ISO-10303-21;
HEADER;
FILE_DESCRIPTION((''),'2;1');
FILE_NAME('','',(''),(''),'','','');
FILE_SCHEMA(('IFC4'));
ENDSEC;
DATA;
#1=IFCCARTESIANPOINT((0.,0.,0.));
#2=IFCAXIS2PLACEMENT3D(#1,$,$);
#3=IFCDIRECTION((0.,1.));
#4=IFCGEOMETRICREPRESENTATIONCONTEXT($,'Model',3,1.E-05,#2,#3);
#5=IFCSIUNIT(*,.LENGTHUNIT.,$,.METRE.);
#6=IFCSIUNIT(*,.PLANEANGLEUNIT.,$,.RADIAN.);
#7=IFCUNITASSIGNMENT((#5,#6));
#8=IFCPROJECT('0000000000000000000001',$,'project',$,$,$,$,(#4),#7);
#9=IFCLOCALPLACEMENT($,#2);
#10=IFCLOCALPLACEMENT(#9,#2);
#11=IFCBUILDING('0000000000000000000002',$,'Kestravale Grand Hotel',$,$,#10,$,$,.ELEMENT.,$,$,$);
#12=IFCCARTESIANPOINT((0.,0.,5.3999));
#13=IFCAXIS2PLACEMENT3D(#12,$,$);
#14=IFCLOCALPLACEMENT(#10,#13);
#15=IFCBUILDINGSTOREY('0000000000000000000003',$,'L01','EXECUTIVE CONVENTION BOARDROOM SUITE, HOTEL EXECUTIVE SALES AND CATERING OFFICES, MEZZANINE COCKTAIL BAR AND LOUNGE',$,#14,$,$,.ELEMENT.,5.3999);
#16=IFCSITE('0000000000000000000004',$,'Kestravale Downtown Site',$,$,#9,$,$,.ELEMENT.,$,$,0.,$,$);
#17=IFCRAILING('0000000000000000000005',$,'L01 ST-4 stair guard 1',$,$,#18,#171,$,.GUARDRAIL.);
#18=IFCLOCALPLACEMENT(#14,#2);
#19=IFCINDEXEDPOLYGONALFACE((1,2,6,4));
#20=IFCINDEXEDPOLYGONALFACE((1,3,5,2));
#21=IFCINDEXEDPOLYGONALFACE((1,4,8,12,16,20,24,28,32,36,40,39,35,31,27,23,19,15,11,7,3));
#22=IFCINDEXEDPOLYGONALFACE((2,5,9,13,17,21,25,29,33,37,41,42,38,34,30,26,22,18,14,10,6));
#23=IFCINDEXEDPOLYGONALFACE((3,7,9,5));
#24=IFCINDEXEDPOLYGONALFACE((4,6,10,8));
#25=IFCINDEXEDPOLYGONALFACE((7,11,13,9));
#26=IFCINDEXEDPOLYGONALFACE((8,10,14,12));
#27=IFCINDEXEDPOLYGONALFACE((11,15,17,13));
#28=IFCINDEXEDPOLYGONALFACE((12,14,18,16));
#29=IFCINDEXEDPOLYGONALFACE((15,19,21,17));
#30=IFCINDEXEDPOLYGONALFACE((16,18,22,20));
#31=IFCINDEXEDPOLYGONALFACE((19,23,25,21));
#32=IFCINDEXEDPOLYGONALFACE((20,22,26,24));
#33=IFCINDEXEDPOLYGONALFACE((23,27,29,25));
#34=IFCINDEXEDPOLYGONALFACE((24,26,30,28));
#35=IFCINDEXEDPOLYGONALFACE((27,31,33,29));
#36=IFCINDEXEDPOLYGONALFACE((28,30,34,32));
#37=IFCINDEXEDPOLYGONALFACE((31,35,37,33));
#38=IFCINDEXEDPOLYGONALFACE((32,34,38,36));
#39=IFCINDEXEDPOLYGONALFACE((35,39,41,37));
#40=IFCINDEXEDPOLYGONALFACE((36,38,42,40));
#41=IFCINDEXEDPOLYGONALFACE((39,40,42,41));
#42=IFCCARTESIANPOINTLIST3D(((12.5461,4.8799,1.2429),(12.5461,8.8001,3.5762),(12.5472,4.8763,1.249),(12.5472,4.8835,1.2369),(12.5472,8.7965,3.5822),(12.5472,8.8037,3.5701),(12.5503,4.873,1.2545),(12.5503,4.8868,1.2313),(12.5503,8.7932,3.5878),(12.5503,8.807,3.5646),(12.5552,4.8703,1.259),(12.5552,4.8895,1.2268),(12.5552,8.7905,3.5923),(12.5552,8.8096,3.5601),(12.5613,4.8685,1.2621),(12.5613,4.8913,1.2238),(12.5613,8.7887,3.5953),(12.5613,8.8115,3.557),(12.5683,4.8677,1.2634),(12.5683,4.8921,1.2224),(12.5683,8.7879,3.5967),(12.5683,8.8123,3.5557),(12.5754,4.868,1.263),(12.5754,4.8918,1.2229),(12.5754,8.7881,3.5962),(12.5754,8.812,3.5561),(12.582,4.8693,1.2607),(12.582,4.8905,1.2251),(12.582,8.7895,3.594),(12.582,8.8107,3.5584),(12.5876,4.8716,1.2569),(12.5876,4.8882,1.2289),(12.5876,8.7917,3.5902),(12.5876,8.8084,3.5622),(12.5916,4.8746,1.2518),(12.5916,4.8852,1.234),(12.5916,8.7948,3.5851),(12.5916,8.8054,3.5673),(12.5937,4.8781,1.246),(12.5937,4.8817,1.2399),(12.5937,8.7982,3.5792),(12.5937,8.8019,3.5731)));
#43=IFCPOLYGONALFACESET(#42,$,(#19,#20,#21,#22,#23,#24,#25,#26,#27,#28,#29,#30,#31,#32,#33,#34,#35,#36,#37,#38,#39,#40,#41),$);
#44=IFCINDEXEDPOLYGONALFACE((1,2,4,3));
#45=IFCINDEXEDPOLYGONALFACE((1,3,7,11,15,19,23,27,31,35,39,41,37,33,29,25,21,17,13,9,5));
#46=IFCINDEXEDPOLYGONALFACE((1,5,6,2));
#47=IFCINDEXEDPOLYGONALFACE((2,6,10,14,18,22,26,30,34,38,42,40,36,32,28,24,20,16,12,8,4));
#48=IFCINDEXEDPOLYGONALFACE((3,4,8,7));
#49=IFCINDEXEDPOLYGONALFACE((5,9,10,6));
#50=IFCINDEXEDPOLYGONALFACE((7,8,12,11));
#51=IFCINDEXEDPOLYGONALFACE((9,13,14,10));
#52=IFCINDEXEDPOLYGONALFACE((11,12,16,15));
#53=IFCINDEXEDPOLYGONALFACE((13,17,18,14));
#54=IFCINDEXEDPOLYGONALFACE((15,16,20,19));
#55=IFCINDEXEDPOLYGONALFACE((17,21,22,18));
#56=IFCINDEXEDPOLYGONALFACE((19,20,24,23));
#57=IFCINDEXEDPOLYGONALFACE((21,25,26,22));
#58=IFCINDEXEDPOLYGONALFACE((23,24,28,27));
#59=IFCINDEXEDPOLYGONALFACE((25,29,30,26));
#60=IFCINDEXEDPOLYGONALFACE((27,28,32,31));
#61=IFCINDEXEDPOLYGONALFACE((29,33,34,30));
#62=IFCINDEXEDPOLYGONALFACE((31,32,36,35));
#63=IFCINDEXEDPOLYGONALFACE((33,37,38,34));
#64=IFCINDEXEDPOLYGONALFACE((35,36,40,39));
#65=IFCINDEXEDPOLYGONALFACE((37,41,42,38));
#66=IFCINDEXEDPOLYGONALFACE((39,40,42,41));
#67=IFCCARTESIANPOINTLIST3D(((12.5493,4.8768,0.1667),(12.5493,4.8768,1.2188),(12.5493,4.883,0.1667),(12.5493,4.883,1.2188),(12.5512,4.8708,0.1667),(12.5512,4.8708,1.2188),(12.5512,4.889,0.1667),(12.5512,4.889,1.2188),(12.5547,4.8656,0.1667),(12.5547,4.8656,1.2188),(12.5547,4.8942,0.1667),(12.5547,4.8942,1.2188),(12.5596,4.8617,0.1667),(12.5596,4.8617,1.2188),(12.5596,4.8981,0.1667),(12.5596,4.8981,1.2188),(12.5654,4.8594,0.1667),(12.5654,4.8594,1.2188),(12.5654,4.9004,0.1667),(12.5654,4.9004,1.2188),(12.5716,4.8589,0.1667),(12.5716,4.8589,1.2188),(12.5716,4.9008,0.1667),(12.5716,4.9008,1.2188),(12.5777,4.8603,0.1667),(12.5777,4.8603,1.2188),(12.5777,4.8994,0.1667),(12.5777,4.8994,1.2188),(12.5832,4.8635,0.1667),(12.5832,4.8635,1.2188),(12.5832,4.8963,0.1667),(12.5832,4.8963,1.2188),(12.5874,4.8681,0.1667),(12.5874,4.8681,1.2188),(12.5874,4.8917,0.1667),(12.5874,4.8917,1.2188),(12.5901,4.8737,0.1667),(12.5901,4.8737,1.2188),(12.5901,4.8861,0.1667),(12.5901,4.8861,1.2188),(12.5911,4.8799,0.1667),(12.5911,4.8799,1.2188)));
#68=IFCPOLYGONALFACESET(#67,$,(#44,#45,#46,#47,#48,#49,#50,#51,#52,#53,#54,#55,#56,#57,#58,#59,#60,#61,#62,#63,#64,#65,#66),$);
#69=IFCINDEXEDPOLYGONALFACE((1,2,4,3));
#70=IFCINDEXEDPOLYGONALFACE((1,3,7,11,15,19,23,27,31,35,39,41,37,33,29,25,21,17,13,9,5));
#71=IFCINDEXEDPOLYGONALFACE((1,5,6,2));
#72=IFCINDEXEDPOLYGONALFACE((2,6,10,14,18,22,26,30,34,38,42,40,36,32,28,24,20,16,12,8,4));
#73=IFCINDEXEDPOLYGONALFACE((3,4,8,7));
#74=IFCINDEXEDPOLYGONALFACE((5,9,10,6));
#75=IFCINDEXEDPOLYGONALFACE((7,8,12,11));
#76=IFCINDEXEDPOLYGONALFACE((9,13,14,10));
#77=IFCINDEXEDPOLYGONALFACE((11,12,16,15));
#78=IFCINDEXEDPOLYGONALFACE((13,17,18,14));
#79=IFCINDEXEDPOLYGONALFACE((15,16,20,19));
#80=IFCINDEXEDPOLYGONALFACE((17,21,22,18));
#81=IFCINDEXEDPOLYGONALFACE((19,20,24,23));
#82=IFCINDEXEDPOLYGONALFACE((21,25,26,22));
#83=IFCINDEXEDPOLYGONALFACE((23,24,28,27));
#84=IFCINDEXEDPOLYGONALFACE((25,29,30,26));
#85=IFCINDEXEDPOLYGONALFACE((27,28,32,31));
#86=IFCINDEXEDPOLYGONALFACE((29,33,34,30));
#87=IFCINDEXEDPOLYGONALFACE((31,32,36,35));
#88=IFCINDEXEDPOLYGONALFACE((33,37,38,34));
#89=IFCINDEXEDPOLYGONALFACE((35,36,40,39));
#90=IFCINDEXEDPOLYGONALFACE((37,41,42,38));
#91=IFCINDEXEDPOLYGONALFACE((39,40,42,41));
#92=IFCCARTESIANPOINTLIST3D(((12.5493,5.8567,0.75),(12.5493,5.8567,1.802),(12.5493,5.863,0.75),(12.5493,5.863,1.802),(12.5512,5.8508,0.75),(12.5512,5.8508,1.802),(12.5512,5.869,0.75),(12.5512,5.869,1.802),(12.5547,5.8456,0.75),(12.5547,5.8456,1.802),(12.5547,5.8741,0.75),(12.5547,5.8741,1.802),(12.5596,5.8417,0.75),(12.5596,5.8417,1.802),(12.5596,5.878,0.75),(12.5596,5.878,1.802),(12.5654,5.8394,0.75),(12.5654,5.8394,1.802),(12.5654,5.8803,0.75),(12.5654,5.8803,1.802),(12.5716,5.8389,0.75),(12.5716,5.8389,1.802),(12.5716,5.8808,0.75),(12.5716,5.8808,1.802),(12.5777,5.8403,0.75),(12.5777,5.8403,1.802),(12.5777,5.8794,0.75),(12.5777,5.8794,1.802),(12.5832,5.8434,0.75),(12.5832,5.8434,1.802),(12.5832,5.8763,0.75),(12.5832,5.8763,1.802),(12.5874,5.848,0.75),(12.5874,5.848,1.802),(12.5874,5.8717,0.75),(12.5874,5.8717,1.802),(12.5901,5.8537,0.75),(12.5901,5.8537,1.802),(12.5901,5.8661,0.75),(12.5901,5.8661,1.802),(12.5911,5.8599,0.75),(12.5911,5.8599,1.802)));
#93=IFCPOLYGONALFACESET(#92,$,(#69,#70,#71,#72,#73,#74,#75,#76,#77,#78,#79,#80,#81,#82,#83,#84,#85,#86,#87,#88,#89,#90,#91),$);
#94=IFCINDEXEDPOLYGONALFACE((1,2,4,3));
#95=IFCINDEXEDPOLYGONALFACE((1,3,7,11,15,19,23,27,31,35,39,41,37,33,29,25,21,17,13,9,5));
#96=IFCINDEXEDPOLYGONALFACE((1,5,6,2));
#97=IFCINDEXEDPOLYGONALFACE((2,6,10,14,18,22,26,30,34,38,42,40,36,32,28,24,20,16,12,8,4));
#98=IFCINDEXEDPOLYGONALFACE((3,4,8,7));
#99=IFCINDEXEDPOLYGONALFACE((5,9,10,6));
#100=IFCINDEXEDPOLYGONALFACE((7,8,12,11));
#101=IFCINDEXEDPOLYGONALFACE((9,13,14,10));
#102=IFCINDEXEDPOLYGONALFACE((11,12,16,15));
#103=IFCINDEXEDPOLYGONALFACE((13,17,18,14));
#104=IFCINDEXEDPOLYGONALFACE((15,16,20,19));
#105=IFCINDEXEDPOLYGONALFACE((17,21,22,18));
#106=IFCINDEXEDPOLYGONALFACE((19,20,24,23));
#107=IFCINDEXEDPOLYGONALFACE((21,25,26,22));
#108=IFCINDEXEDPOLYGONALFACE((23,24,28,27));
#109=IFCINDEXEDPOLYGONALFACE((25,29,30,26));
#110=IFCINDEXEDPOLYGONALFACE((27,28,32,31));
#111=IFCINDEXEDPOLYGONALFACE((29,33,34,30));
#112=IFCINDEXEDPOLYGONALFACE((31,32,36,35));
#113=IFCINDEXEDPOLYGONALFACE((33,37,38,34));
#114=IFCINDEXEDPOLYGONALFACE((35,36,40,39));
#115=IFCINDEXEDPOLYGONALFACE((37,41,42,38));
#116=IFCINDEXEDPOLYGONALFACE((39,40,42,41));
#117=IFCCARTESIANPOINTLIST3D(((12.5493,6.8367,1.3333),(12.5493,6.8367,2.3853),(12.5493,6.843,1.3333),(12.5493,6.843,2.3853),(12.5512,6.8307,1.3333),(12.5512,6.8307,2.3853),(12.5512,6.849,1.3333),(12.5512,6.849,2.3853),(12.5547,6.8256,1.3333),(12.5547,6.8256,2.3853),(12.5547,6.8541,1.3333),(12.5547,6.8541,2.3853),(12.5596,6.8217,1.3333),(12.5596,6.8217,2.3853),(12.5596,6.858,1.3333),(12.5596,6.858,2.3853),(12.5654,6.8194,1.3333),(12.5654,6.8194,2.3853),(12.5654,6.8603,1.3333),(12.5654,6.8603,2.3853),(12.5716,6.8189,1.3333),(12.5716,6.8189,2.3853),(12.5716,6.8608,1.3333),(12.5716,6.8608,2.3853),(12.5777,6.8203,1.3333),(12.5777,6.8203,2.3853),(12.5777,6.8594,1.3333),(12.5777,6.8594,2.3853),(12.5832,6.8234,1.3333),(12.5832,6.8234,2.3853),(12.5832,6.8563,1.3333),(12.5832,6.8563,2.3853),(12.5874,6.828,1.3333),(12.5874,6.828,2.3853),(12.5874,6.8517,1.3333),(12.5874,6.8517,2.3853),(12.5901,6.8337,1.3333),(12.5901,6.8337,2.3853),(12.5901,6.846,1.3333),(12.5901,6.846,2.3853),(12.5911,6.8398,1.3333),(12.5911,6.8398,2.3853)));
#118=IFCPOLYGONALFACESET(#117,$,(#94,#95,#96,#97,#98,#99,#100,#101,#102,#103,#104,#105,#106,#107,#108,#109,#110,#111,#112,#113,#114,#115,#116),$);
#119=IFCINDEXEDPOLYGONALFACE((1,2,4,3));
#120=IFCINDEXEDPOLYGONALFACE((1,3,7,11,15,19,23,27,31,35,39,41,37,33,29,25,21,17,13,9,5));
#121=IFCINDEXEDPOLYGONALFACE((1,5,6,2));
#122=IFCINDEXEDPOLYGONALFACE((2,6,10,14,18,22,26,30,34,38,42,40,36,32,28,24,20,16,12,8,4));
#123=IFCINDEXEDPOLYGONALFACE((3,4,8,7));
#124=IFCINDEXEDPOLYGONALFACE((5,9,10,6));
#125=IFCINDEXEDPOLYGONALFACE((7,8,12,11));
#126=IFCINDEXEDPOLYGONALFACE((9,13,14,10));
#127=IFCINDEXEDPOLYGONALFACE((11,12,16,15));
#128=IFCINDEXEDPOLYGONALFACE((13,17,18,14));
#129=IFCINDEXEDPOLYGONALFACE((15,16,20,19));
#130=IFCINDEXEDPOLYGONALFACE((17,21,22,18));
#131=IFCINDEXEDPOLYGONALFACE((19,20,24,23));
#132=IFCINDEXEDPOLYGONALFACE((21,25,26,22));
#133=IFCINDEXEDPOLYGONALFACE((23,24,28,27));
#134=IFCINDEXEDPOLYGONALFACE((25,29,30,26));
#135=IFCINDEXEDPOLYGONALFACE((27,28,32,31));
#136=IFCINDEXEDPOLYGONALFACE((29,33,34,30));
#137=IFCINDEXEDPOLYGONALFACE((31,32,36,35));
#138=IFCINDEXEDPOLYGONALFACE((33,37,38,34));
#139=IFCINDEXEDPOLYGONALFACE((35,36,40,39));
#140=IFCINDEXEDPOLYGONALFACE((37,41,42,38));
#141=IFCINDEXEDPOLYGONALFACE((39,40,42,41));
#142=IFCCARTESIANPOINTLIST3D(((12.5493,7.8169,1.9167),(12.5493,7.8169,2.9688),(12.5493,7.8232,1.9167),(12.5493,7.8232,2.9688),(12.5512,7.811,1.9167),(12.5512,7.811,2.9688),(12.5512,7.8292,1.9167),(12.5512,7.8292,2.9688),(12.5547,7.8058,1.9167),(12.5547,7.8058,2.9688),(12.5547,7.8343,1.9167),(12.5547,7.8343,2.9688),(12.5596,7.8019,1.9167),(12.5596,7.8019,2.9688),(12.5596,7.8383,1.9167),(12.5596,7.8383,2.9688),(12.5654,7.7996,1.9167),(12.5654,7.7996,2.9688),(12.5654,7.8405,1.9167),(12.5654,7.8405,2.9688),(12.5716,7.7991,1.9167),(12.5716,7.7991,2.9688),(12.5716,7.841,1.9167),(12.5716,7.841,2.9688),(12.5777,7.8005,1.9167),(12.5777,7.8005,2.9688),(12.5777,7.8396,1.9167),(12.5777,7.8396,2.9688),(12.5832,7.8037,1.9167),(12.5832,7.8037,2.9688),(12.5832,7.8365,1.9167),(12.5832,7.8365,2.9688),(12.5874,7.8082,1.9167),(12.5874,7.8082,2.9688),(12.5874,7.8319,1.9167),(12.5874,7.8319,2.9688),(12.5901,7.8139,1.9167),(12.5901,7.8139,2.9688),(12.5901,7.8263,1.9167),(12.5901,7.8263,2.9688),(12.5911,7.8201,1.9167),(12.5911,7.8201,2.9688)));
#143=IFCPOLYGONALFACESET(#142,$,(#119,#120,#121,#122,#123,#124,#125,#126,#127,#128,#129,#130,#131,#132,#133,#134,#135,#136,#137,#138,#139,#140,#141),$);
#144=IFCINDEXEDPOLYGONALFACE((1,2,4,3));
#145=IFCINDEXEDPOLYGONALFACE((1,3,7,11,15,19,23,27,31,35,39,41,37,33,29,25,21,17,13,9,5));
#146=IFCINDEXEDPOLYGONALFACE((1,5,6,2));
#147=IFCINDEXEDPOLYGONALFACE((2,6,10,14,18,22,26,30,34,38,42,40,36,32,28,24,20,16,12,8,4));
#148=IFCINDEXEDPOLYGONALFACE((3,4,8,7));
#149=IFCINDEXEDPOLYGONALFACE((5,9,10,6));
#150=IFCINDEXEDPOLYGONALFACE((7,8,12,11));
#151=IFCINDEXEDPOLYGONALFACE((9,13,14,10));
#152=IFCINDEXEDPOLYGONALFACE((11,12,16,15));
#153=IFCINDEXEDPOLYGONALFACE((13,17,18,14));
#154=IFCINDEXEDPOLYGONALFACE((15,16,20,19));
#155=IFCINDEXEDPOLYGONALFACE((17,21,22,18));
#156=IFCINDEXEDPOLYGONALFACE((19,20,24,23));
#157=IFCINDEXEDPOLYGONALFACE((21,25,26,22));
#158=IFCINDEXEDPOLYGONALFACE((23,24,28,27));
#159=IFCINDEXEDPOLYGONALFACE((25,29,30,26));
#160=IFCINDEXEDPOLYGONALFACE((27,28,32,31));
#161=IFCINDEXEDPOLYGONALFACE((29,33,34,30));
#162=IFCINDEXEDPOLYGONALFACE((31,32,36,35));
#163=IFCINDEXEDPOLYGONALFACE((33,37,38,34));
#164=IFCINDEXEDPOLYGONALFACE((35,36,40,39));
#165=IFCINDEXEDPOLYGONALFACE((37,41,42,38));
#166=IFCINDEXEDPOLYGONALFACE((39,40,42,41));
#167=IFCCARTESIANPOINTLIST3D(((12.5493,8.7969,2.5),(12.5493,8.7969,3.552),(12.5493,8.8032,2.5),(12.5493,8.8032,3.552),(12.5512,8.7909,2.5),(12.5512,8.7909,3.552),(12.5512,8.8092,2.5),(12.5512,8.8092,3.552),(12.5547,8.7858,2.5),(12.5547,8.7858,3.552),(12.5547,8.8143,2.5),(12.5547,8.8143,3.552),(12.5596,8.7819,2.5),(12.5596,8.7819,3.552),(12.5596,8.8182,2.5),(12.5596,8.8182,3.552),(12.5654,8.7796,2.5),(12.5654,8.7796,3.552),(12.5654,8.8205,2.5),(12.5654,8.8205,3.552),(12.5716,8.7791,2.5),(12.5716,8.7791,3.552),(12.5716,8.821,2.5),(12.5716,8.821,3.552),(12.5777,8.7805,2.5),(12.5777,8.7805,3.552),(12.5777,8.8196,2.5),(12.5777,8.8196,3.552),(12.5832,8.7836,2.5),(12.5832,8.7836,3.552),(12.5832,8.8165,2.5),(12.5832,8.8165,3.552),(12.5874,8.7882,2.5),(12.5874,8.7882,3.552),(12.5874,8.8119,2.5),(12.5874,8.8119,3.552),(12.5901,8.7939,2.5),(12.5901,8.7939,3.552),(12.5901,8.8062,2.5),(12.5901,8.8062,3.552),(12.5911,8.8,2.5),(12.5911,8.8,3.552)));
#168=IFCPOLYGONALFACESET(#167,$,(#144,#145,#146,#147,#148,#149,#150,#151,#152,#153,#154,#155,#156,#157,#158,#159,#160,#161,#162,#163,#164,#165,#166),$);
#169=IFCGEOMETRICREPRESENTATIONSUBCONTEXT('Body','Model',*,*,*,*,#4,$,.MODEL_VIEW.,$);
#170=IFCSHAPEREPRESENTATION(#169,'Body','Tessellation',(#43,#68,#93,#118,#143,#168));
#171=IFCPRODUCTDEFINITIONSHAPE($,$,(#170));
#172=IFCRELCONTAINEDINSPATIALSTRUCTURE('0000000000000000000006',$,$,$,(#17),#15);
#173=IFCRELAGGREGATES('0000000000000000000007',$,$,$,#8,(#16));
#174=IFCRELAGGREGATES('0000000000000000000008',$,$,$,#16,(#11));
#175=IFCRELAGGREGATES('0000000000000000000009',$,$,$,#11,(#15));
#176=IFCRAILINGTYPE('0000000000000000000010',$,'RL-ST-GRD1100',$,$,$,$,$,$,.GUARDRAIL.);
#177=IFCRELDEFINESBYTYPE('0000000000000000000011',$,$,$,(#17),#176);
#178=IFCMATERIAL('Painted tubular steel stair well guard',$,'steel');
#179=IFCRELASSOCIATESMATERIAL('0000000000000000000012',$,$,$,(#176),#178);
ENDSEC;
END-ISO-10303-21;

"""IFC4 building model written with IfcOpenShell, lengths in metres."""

from ifc_helpers import new_model, si_unit, direction, frame, origin, origin_2d, place, context, subcontext, project, spatial, circle, extrude, material, type_object, element, save


model = new_model("IFC4")

# Units and contexts
model_context = context("Model", 3, precision=1e-05, world=origin(), true_north=direction((0.0, 1.0)))
body_context = subcontext(model_context, "Body", "Model", "MODEL_VIEW")
ifc_project = project(units=[si_unit("LENGTHUNIT", "METRE"), si_unit("PLANEANGLEUNIT", "RADIAN")], contexts=[model_context])

# Site, building, storey
site_placement = place(None, origin())
site = spatial("IfcSite", under=ifc_project, at=site_placement, Name="Kestravale Downtown Site", CompositionType="ELEMENT", RefElevation=0.0)
building_placement = place(site_placement, origin())
building = spatial("IfcBuilding", under=site, at=building_placement, Name="Kestravale Grand Hotel", CompositionType="ELEMENT")
storey_placement = place(building_placement, frame((0.0, 0.0, 5.3999)))
storey = spatial("IfcBuildingStorey", under=building, at=storey_placement, Name="L01", Description="EXECUTIVE CONVENTION BOARDROOM SUITE, HOTEL EXECUTIVE SALES AND CATERING OFFICES, MEZZANINE COCKTAIL BAR AND LOUNGE", CompositionType="ELEMENT", Elevation=5.3999)

# Railing
ifc_material_1 = material(Name="Painted tubular steel stair well guard", Category="steel")
railing_type_1 = type_object("IfcRailingType", Name="RL-ST-GRD1100", PredefinedType="GUARDRAIL", material=ifc_material_1)
railing_1_placement = place(storey_placement, frame((12.5701, 4.8799, 0.1667)))
element("IfcRailing", 1, at=railing_1_placement, inside=storey, type_object=railing_type_1, Name="L01 ST-4 stair guard 1", PredefinedType="GUARDRAIL", context=body_context, shape_type="SweptSolid", body=[
    extrude(circle(Radius=0.0239, at=origin_2d()), frame((0.0, 0.0, 1.0762), z_axis=(0.0, 0.85931, 0.511455), x_axis=(-1.0, 0.0, 0.0)), (0.0, 0.0, 1.0), 4.562),
    extrude(circle(Radius=0.021, at=origin_2d()), origin(), (0.0, 0.0, 1.0), 1.052),
    extrude(circle(Radius=0.021, at=origin_2d()), frame((0.0, 0.98, 0.5833)), (0.0, 0.0, 1.0), 1.052),
    extrude(circle(Radius=0.021, at=origin_2d()), frame((0.0, 1.96, 1.1665)), (0.0, 0.0, 1.0), 1.052),
    extrude(circle(Radius=0.021, at=origin_2d()), frame((0.0, 2.9402, 1.75)), (0.0, 0.0, 1.0), 1.052),
    extrude(circle(Radius=0.021, at=origin_2d()), frame((0.0, 3.9202, 2.3333)), (0.0, 0.0, 1.0), 1.052),
])

save(model, "model.ifc")
